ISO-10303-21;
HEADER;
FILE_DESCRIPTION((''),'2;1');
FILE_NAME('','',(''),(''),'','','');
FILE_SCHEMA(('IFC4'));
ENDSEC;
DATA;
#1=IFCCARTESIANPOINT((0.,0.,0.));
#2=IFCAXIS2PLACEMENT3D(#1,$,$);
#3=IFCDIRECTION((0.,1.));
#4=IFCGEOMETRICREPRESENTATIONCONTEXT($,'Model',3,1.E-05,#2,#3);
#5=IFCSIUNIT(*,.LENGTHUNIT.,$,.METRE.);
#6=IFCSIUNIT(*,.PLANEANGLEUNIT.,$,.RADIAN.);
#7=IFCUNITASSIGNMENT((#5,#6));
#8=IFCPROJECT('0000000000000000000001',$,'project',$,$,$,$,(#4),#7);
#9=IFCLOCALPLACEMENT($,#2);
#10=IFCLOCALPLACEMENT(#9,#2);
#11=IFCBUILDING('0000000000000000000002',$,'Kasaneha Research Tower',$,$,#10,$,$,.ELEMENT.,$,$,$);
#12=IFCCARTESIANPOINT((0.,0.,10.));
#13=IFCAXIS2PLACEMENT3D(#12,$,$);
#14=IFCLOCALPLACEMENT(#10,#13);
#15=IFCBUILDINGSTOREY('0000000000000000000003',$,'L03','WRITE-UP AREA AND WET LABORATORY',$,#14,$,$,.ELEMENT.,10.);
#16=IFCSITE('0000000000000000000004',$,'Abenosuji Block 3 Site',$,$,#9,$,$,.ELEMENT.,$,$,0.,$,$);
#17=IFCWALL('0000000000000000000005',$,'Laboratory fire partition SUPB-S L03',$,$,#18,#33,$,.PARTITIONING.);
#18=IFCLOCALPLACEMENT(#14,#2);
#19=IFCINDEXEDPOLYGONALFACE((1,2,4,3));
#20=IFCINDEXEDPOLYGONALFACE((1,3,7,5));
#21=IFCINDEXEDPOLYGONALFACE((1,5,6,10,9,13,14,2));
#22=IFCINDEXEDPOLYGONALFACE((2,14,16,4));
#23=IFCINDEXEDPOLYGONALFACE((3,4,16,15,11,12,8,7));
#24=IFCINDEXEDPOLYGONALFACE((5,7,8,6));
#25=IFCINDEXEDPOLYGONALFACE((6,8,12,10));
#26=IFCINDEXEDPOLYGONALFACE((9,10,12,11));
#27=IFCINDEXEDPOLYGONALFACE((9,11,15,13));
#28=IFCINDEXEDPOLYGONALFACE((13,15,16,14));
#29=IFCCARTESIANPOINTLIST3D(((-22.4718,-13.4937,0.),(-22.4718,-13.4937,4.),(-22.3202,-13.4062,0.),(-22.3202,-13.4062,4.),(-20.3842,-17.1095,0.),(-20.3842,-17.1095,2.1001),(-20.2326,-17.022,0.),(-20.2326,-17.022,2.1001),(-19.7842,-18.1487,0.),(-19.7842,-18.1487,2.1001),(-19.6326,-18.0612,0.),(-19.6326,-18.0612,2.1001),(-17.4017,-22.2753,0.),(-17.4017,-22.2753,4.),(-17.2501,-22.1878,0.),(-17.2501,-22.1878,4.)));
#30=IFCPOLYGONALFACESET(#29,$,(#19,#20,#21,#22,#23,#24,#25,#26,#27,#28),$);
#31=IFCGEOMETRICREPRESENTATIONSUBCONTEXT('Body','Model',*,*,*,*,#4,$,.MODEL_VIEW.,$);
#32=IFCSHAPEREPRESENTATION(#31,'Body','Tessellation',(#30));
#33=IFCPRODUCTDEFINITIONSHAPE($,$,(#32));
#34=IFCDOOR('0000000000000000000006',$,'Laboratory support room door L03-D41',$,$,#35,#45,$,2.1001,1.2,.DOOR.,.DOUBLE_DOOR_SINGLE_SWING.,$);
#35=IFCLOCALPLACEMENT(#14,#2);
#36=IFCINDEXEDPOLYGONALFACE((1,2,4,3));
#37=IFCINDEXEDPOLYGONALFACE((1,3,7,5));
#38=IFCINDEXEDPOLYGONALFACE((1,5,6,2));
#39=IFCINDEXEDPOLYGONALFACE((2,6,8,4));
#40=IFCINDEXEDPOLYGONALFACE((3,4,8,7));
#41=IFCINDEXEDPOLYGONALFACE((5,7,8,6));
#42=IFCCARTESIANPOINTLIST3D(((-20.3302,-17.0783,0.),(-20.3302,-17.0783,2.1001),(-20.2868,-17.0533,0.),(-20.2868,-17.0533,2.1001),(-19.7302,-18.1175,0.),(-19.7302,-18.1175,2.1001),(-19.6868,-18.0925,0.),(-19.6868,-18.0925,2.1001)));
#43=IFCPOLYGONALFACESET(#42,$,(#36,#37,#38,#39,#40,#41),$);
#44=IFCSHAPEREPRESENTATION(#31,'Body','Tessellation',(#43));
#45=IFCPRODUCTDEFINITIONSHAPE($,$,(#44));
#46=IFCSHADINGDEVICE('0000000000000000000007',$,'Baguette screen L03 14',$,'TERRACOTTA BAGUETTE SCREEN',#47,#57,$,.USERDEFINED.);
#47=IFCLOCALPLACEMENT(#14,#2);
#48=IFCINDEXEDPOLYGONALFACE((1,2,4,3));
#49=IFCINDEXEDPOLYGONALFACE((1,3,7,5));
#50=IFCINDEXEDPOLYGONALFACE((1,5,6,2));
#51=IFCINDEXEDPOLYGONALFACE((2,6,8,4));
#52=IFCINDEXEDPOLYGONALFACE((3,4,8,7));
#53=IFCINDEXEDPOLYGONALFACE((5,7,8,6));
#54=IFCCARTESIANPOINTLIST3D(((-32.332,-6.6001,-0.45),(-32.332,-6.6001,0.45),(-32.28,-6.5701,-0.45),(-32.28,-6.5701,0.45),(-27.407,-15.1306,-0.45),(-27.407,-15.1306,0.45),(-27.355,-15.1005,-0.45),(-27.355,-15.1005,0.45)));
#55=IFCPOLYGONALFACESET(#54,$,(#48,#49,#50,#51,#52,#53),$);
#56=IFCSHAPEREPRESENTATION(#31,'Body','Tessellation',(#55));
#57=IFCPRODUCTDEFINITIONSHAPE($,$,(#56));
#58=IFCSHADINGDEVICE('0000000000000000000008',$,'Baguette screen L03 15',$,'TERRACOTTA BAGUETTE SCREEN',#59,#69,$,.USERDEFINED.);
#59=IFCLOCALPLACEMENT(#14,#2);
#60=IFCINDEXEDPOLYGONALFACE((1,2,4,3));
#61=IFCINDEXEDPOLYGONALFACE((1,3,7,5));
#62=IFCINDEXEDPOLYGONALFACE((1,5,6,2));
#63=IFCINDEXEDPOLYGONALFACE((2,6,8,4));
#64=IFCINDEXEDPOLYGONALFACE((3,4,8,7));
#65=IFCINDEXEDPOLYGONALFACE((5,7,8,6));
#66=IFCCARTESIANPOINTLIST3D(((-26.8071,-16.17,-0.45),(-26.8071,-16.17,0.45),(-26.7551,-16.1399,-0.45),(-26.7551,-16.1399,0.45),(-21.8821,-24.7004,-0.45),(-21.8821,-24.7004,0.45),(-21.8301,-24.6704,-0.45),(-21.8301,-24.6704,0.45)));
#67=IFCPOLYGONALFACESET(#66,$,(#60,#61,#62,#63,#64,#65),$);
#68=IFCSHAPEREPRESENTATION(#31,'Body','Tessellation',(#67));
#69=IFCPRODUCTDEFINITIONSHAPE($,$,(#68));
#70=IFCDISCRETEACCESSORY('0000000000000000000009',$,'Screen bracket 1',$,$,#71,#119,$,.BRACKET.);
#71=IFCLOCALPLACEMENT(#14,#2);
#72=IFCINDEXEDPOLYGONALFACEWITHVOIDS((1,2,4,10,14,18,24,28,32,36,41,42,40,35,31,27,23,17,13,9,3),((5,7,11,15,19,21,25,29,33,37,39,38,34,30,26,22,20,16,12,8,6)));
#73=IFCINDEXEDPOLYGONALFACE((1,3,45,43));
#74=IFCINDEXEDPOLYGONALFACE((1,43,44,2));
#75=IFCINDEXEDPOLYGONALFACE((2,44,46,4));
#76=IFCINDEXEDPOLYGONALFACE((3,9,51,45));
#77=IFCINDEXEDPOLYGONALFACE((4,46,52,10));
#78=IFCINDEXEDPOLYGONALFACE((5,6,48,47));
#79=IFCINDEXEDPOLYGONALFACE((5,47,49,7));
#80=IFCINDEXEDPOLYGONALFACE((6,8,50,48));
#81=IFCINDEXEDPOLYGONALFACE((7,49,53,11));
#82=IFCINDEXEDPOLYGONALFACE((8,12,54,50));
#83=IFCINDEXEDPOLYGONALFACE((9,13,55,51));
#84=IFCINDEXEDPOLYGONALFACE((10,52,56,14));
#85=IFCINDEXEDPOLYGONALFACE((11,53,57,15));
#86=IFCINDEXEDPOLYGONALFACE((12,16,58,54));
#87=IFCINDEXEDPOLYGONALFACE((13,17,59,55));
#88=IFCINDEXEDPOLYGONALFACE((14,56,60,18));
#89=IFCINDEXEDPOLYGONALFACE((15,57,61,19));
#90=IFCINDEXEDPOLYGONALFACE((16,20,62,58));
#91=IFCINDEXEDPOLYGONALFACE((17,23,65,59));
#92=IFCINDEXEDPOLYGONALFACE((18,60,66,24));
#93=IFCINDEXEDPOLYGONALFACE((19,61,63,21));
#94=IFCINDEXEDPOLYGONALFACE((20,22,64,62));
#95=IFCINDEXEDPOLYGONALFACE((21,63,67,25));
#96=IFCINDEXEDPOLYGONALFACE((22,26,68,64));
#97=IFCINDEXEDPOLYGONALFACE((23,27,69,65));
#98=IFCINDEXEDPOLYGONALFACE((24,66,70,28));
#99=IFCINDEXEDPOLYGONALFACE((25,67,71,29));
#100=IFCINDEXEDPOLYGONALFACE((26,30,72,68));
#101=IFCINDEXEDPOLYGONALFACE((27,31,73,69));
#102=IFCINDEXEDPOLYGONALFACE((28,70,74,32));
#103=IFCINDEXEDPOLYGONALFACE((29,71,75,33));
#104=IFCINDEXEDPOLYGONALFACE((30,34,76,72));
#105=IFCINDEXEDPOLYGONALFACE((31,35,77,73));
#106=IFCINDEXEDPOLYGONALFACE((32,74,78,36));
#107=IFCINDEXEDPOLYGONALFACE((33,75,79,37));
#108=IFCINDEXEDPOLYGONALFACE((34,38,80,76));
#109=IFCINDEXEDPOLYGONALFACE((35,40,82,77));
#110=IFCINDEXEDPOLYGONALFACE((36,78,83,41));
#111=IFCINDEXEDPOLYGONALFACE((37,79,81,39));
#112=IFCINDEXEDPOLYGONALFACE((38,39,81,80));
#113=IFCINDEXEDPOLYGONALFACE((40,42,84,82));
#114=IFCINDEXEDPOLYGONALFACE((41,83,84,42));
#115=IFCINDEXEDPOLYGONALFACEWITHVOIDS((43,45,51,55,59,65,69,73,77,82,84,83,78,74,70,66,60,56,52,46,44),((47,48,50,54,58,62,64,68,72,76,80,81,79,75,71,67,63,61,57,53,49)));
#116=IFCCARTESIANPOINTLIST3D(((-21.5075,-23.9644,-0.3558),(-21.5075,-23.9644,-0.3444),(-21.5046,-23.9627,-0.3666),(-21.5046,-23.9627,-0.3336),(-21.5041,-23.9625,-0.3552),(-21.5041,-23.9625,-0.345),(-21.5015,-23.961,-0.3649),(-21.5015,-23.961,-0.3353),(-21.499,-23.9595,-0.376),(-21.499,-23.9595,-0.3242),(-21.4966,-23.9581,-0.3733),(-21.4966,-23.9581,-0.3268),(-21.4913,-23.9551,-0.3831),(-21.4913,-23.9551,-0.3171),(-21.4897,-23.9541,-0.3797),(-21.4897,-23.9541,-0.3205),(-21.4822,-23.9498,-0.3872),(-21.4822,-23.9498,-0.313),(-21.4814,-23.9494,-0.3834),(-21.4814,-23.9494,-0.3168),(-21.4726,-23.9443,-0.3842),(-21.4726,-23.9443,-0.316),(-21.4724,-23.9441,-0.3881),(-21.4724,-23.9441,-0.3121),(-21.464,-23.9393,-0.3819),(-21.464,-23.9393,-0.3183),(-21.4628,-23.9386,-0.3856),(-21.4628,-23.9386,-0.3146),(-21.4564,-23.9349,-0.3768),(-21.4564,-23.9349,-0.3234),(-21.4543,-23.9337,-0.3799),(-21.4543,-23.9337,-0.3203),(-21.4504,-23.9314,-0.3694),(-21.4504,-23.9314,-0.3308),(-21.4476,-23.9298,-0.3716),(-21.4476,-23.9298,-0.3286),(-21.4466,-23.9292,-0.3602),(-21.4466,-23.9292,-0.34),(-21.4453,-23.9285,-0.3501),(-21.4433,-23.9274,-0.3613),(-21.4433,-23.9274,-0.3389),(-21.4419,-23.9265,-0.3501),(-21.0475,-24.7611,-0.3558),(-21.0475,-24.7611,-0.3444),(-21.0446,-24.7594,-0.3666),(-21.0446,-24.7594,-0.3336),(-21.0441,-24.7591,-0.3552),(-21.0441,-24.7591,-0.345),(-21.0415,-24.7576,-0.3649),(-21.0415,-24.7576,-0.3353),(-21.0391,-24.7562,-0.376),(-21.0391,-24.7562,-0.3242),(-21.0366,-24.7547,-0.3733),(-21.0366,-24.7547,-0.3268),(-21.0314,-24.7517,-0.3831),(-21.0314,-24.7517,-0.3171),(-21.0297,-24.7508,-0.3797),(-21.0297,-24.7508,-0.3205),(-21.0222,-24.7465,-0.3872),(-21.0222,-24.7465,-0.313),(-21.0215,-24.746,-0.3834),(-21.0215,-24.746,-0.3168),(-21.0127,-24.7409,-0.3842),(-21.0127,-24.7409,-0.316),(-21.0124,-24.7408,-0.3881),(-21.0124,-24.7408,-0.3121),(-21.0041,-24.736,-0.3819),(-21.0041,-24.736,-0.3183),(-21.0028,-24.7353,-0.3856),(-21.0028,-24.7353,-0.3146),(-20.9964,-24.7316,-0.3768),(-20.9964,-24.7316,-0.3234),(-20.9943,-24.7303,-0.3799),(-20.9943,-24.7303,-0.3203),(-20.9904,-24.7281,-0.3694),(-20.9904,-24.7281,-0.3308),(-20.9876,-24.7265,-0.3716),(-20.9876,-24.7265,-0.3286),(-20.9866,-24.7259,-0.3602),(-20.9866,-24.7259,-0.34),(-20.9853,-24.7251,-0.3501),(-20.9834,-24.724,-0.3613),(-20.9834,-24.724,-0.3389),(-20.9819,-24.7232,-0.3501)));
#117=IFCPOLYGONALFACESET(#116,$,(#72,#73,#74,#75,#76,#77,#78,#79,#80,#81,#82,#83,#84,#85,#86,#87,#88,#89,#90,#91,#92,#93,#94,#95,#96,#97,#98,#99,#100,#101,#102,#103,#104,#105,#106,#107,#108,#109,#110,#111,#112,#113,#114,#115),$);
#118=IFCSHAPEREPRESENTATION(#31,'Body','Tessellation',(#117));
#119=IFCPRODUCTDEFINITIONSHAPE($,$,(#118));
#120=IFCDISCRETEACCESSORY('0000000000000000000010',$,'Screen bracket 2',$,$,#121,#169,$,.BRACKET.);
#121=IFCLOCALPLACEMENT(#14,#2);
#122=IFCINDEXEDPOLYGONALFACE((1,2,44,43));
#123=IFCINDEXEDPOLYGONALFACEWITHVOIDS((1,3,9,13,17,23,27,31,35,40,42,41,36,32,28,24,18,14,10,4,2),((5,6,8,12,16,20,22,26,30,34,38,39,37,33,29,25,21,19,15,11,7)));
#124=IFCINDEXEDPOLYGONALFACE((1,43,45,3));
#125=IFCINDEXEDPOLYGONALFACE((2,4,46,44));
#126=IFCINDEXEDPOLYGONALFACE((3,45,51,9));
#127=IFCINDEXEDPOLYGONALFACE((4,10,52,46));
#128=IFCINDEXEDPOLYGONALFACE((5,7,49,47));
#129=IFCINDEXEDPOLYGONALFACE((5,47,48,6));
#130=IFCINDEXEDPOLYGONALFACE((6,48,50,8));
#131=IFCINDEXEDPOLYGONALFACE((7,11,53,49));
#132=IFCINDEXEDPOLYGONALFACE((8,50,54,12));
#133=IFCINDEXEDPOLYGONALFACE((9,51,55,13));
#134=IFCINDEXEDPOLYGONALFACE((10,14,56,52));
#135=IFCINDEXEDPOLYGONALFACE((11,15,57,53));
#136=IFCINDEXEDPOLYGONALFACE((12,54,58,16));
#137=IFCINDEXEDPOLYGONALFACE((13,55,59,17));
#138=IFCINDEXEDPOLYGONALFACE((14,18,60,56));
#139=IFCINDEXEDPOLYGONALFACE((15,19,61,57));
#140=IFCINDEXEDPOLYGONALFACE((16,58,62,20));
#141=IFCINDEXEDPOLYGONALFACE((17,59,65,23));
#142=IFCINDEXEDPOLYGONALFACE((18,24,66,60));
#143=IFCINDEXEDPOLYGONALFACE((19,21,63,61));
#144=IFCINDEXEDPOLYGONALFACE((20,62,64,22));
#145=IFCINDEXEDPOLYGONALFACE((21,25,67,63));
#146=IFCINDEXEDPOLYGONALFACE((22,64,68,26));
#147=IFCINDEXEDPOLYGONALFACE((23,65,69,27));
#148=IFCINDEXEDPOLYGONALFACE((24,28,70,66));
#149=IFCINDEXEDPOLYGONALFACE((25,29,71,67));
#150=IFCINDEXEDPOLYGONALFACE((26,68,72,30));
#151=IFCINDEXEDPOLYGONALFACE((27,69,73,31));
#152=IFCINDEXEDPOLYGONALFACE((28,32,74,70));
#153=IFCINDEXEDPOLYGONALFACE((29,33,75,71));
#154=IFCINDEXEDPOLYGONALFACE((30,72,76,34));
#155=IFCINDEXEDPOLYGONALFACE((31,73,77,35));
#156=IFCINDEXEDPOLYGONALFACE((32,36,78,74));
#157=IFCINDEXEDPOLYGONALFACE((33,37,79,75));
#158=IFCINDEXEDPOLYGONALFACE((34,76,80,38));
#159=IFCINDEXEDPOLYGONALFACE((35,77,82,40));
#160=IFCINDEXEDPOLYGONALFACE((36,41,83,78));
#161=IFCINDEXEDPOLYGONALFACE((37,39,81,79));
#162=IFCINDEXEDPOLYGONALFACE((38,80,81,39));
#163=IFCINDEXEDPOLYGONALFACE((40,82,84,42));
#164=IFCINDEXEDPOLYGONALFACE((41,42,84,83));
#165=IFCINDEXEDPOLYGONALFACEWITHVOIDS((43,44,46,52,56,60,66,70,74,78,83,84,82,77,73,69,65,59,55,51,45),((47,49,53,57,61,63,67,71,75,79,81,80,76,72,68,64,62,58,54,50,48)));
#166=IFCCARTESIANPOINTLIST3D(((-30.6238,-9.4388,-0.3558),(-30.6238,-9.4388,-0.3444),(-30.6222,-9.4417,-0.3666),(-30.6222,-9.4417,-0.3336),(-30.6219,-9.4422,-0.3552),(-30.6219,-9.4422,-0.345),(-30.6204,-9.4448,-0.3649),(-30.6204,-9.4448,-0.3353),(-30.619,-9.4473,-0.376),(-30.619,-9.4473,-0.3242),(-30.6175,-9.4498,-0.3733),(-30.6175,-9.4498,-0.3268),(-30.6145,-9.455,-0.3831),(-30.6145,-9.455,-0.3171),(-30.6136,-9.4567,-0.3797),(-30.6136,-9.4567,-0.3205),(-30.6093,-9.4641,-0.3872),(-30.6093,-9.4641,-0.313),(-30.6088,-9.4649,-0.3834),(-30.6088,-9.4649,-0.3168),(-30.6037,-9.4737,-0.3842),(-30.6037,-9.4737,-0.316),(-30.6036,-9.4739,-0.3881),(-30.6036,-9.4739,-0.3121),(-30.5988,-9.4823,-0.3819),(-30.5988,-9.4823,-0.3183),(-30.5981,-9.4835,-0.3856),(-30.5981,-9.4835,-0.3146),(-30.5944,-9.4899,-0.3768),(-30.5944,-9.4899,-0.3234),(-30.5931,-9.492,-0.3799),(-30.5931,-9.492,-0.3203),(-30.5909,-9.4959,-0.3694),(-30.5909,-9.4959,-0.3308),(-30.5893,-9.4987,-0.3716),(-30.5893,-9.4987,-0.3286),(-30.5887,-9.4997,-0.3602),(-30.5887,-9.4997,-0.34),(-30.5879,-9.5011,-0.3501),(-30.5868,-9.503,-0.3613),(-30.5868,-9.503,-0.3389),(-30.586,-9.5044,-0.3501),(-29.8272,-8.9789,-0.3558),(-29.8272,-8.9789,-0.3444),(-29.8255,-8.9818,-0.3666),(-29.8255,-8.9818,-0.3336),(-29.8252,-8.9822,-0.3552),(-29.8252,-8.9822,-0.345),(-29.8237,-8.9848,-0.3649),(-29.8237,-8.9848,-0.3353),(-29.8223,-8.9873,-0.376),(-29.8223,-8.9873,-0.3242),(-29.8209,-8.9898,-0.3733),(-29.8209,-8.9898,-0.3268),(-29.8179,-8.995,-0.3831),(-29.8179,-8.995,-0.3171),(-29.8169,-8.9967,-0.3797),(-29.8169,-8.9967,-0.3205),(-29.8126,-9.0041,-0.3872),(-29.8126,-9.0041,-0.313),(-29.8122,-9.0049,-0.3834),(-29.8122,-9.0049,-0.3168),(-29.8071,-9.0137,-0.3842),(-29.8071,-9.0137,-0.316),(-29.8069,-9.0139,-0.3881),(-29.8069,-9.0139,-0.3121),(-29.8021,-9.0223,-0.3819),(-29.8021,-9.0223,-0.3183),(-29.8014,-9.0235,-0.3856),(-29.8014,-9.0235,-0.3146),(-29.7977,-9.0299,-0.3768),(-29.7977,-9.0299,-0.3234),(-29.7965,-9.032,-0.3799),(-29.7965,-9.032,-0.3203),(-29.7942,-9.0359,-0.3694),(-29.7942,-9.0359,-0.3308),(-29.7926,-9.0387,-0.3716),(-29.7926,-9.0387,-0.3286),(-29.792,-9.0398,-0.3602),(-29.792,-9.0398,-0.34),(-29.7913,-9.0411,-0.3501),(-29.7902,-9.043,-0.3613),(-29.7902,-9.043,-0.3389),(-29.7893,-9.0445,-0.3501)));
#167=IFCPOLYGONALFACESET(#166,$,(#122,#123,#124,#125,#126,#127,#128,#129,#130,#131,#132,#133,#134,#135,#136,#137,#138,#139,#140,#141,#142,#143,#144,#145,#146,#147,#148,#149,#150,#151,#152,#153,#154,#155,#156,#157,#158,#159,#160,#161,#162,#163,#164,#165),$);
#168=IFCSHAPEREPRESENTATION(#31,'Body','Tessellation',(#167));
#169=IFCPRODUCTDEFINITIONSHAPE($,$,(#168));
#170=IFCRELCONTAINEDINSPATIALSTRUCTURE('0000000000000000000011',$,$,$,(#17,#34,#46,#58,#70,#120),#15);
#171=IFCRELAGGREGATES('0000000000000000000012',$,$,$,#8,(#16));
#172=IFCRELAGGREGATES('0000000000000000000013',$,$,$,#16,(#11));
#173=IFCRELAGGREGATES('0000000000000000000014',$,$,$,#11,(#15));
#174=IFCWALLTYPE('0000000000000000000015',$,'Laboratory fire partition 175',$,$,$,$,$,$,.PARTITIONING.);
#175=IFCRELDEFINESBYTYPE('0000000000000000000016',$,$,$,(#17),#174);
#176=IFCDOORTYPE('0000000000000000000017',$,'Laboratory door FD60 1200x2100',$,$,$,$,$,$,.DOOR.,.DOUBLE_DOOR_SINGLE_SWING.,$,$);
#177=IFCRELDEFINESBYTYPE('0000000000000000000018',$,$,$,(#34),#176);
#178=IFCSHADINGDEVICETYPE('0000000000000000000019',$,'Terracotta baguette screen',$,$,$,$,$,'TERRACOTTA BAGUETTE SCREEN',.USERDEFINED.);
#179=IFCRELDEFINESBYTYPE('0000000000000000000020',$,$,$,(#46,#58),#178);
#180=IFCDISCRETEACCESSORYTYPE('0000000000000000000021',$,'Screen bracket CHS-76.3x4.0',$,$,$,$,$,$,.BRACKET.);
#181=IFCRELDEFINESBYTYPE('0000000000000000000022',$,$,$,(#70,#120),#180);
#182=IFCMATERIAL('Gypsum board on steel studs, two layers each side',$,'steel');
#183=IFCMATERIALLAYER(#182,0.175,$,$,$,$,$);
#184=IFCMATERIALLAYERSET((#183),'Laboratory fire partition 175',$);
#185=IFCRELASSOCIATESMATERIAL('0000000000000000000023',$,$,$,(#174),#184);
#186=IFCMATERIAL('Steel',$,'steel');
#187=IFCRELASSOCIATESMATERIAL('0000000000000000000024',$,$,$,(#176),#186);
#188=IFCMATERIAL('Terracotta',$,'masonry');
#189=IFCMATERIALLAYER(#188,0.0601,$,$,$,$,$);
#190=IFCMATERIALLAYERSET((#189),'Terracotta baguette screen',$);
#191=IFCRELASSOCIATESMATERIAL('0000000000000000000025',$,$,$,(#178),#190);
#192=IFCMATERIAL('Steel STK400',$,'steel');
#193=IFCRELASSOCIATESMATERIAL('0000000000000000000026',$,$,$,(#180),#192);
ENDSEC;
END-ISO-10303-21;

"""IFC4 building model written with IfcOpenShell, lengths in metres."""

from ifc_helpers import new_model, si_unit, direction, frame, frame_2d, origin, origin_2d, place, context, subcontext, project, spatial, rectangle, hollow_circle, extrude, material, layer, layer_set, material_profile, profile_set, type_object, element, fill, save


model = new_model("IFC4")

# Units and contexts
model_context = context("Model", 3, precision=1e-05, world=origin(), true_north=direction((0.0, 1.0)))
body_context = subcontext(model_context, "Body", "Model", "MODEL_VIEW")
ifc_project = project(units=[si_unit("LENGTHUNIT", "METRE"), si_unit("PLANEANGLEUNIT", "RADIAN")], contexts=[model_context])

# Site, building, storey
site_placement = place(None, origin())
site = spatial("IfcSite", under=ifc_project, at=site_placement, Name="Abenosuji Block 3 Site", CompositionType="ELEMENT", RefElevation=0.0)
building_placement = place(site_placement, origin())
building = spatial("IfcBuilding", under=site, at=building_placement, Name="Kasaneha Research Tower", CompositionType="ELEMENT")
storey_placement = place(building_placement, frame((0.0, 0.0, 10.0)))
storey = spatial("IfcBuildingStorey", under=building, at=storey_placement, Name="L03", Description="WRITE-UP AREA AND WET LABORATORY", CompositionType="ELEMENT", Elevation=10.0)

# Wall, opening, door
ifc_material_1 = material(Name="Gypsum board on steel studs, two layers each side", Category="steel")
ifc_layer_1 = layer(ifc_material_1, 0.175)
ifc_layer_set_1 = layer_set([ifc_layer_1], Name="Laboratory fire partition 175")
wall_type = type_object("IfcWallType", Name="Laboratory fire partition 175", PredefinedType="PARTITIONING", material=ifc_layer_set_1)
ifc_material_2 = material(Name="Steel", Category="steel")
door_type = type_object("IfcDoorType", Name="Laboratory door FD60 1200x2100", OperationType="DOUBLE_DOOR_SINGLE_SWING", PredefinedType="DOOR", material=ifc_material_2)
wall_1_placement = place(storey_placement, frame((-22.396, -13.45, 0.0), z_axis=(0.0, 0.0, 1.0), x_axis=(0.500005, -0.866022, 0.0)))
wall_1 = element("IfcWall", 1, at=wall_1_placement, inside=storey, type_object=wall_type, Name="Laboratory fire partition SUPB-S L03", PredefinedType="PARTITIONING", context=body_context, shape_type="SweptSolid", body=[
    extrude(rectangle(XDim=10.1401, YDim=0.175, at=frame_2d((5.0701, 0.0))), origin(), (0.0, 0.0, 1.0), 4.0),
])
opening_1_placement = place(wall_1_placement, frame((4.175, 0.0, 0.0)))
opening_1 = element("IfcOpeningElement", 2, at=opening_1_placement, cuts=wall_1, PredefinedType="OPENING", context=body_context, shape_type="SweptSolid", body=[
    extrude(rectangle(XDim=1.2, YDim=2.1001, at=frame_2d((0.6001, 1.05))), frame((0.0, 0.0977, 0.0), z_axis=(0.0, -1.0, 0.0), x_axis=(1.0, 0.0, 0.0)), (0.0, 0.0, 1.0), 0.1951),
])
door_1_placement = place(opening_1_placement, origin())
door_1 = element("IfcDoor", 3, at=door_1_placement, inside=storey, type_object=door_type, Name="Laboratory support room door L03-D41", OperationType="DOUBLE_DOOR_SINGLE_SWING", OverallHeight=2.1001, OverallWidth=1.2, PredefinedType="DOOR", context=body_context, shape_type="SweptSolid", body=[
    extrude(rectangle(XDim=1.2, YDim=2.1001, at=frame_2d((0.6001, 1.05))), frame((0.0, 0.0249, 0.0), z_axis=(0.0, -1.0, 0.0), x_axis=(1.0, 0.0, 0.0)), (0.0, 0.0, 1.0), 0.05),
])
fill(opening_1, door_1)

# Shading devices
ifc_material_3 = material(Name="Terracotta", Category="masonry")
ifc_layer_2 = layer(ifc_material_3, 0.0601)
ifc_layer_set_2 = layer_set([ifc_layer_2], Name="Terracotta baguette screen")
shading_device_type = type_object("IfcShadingDeviceType", Name="Terracotta baguette screen", ElementType="TERRACOTTA BAGUETTE SCREEN", PredefinedType="USERDEFINED", material=ifc_layer_set_2)
for number, where, z_axis, x_axis, name in (
    (4, (-29.8435, -10.8503, -0.45), (0.0, 0.0, 1.0), (0.5, -0.866025, 0.0), "Baguette screen L03 14"),
    (5, (-24.3186, -20.4202, -0.45), (0.0, 0.0, 1.0), (0.5, -0.866025, 0.0), "Baguette screen L03 15"),
):
    element("IfcShadingDevice", number, at=place(storey_placement, frame(where, z_axis=z_axis, x_axis=x_axis)), inside=storey, type_object=shading_device_type, Name=name, ObjectType="TERRACOTTA BAGUETTE SCREEN", PredefinedType="USERDEFINED", context=body_context, shape_type="SweptSolid", body=[
        extrude(rectangle(XDim=9.8501, YDim=0.0601, at=origin_2d()), origin(), (0.0, 0.0, 1.0), 0.8999),
    ])

# Discrete accessories
ifc_material_4 = material(Name="Steel STK400", Category="steel")
ifc_material_profile_1 = material_profile(ifc_material_4, hollow_circle(Radius=0.0381, WallThickness=0.0039, at=origin_2d()), Name="CHS-76.3x4.0")
ifc_profile_set_1 = profile_set([ifc_material_profile_1], Name="Steel STK400")
discrete_accessory_type = type_object("IfcDiscreteAccessoryType", Name="Screen bracket CHS-76.3x4.0", PredefinedType="BRACKET", material=ifc_profile_set_1)
for number, where, z_axis, x_axis, name in (
    (6, (-21.4749, -23.9456, -0.3501), (0.500021, -0.866013, 0.0), (0.866013, 0.500021, 0.0), "Screen bracket 1"),
    (7, (-29.8083, -9.0115, -0.3501), (-0.866013, -0.500021, 0.0), (0.500021, -0.866013, 0.0), "Screen bracket 2"),
):
    element("IfcDiscreteAccessory", number, at=place(storey_placement, frame(where, z_axis=z_axis, x_axis=x_axis)), inside=storey, type_object=discrete_accessory_type, Name=name, PredefinedType="BRACKET", context=body_context, shape_type="SweptSolid", body=[
        extrude(hollow_circle(Radius=0.0381, WallThickness=0.0039, at=origin_2d()), origin(), (0.0, 0.0, 1.0), 0.9199),
    ])

save(model, "model.ifc")
